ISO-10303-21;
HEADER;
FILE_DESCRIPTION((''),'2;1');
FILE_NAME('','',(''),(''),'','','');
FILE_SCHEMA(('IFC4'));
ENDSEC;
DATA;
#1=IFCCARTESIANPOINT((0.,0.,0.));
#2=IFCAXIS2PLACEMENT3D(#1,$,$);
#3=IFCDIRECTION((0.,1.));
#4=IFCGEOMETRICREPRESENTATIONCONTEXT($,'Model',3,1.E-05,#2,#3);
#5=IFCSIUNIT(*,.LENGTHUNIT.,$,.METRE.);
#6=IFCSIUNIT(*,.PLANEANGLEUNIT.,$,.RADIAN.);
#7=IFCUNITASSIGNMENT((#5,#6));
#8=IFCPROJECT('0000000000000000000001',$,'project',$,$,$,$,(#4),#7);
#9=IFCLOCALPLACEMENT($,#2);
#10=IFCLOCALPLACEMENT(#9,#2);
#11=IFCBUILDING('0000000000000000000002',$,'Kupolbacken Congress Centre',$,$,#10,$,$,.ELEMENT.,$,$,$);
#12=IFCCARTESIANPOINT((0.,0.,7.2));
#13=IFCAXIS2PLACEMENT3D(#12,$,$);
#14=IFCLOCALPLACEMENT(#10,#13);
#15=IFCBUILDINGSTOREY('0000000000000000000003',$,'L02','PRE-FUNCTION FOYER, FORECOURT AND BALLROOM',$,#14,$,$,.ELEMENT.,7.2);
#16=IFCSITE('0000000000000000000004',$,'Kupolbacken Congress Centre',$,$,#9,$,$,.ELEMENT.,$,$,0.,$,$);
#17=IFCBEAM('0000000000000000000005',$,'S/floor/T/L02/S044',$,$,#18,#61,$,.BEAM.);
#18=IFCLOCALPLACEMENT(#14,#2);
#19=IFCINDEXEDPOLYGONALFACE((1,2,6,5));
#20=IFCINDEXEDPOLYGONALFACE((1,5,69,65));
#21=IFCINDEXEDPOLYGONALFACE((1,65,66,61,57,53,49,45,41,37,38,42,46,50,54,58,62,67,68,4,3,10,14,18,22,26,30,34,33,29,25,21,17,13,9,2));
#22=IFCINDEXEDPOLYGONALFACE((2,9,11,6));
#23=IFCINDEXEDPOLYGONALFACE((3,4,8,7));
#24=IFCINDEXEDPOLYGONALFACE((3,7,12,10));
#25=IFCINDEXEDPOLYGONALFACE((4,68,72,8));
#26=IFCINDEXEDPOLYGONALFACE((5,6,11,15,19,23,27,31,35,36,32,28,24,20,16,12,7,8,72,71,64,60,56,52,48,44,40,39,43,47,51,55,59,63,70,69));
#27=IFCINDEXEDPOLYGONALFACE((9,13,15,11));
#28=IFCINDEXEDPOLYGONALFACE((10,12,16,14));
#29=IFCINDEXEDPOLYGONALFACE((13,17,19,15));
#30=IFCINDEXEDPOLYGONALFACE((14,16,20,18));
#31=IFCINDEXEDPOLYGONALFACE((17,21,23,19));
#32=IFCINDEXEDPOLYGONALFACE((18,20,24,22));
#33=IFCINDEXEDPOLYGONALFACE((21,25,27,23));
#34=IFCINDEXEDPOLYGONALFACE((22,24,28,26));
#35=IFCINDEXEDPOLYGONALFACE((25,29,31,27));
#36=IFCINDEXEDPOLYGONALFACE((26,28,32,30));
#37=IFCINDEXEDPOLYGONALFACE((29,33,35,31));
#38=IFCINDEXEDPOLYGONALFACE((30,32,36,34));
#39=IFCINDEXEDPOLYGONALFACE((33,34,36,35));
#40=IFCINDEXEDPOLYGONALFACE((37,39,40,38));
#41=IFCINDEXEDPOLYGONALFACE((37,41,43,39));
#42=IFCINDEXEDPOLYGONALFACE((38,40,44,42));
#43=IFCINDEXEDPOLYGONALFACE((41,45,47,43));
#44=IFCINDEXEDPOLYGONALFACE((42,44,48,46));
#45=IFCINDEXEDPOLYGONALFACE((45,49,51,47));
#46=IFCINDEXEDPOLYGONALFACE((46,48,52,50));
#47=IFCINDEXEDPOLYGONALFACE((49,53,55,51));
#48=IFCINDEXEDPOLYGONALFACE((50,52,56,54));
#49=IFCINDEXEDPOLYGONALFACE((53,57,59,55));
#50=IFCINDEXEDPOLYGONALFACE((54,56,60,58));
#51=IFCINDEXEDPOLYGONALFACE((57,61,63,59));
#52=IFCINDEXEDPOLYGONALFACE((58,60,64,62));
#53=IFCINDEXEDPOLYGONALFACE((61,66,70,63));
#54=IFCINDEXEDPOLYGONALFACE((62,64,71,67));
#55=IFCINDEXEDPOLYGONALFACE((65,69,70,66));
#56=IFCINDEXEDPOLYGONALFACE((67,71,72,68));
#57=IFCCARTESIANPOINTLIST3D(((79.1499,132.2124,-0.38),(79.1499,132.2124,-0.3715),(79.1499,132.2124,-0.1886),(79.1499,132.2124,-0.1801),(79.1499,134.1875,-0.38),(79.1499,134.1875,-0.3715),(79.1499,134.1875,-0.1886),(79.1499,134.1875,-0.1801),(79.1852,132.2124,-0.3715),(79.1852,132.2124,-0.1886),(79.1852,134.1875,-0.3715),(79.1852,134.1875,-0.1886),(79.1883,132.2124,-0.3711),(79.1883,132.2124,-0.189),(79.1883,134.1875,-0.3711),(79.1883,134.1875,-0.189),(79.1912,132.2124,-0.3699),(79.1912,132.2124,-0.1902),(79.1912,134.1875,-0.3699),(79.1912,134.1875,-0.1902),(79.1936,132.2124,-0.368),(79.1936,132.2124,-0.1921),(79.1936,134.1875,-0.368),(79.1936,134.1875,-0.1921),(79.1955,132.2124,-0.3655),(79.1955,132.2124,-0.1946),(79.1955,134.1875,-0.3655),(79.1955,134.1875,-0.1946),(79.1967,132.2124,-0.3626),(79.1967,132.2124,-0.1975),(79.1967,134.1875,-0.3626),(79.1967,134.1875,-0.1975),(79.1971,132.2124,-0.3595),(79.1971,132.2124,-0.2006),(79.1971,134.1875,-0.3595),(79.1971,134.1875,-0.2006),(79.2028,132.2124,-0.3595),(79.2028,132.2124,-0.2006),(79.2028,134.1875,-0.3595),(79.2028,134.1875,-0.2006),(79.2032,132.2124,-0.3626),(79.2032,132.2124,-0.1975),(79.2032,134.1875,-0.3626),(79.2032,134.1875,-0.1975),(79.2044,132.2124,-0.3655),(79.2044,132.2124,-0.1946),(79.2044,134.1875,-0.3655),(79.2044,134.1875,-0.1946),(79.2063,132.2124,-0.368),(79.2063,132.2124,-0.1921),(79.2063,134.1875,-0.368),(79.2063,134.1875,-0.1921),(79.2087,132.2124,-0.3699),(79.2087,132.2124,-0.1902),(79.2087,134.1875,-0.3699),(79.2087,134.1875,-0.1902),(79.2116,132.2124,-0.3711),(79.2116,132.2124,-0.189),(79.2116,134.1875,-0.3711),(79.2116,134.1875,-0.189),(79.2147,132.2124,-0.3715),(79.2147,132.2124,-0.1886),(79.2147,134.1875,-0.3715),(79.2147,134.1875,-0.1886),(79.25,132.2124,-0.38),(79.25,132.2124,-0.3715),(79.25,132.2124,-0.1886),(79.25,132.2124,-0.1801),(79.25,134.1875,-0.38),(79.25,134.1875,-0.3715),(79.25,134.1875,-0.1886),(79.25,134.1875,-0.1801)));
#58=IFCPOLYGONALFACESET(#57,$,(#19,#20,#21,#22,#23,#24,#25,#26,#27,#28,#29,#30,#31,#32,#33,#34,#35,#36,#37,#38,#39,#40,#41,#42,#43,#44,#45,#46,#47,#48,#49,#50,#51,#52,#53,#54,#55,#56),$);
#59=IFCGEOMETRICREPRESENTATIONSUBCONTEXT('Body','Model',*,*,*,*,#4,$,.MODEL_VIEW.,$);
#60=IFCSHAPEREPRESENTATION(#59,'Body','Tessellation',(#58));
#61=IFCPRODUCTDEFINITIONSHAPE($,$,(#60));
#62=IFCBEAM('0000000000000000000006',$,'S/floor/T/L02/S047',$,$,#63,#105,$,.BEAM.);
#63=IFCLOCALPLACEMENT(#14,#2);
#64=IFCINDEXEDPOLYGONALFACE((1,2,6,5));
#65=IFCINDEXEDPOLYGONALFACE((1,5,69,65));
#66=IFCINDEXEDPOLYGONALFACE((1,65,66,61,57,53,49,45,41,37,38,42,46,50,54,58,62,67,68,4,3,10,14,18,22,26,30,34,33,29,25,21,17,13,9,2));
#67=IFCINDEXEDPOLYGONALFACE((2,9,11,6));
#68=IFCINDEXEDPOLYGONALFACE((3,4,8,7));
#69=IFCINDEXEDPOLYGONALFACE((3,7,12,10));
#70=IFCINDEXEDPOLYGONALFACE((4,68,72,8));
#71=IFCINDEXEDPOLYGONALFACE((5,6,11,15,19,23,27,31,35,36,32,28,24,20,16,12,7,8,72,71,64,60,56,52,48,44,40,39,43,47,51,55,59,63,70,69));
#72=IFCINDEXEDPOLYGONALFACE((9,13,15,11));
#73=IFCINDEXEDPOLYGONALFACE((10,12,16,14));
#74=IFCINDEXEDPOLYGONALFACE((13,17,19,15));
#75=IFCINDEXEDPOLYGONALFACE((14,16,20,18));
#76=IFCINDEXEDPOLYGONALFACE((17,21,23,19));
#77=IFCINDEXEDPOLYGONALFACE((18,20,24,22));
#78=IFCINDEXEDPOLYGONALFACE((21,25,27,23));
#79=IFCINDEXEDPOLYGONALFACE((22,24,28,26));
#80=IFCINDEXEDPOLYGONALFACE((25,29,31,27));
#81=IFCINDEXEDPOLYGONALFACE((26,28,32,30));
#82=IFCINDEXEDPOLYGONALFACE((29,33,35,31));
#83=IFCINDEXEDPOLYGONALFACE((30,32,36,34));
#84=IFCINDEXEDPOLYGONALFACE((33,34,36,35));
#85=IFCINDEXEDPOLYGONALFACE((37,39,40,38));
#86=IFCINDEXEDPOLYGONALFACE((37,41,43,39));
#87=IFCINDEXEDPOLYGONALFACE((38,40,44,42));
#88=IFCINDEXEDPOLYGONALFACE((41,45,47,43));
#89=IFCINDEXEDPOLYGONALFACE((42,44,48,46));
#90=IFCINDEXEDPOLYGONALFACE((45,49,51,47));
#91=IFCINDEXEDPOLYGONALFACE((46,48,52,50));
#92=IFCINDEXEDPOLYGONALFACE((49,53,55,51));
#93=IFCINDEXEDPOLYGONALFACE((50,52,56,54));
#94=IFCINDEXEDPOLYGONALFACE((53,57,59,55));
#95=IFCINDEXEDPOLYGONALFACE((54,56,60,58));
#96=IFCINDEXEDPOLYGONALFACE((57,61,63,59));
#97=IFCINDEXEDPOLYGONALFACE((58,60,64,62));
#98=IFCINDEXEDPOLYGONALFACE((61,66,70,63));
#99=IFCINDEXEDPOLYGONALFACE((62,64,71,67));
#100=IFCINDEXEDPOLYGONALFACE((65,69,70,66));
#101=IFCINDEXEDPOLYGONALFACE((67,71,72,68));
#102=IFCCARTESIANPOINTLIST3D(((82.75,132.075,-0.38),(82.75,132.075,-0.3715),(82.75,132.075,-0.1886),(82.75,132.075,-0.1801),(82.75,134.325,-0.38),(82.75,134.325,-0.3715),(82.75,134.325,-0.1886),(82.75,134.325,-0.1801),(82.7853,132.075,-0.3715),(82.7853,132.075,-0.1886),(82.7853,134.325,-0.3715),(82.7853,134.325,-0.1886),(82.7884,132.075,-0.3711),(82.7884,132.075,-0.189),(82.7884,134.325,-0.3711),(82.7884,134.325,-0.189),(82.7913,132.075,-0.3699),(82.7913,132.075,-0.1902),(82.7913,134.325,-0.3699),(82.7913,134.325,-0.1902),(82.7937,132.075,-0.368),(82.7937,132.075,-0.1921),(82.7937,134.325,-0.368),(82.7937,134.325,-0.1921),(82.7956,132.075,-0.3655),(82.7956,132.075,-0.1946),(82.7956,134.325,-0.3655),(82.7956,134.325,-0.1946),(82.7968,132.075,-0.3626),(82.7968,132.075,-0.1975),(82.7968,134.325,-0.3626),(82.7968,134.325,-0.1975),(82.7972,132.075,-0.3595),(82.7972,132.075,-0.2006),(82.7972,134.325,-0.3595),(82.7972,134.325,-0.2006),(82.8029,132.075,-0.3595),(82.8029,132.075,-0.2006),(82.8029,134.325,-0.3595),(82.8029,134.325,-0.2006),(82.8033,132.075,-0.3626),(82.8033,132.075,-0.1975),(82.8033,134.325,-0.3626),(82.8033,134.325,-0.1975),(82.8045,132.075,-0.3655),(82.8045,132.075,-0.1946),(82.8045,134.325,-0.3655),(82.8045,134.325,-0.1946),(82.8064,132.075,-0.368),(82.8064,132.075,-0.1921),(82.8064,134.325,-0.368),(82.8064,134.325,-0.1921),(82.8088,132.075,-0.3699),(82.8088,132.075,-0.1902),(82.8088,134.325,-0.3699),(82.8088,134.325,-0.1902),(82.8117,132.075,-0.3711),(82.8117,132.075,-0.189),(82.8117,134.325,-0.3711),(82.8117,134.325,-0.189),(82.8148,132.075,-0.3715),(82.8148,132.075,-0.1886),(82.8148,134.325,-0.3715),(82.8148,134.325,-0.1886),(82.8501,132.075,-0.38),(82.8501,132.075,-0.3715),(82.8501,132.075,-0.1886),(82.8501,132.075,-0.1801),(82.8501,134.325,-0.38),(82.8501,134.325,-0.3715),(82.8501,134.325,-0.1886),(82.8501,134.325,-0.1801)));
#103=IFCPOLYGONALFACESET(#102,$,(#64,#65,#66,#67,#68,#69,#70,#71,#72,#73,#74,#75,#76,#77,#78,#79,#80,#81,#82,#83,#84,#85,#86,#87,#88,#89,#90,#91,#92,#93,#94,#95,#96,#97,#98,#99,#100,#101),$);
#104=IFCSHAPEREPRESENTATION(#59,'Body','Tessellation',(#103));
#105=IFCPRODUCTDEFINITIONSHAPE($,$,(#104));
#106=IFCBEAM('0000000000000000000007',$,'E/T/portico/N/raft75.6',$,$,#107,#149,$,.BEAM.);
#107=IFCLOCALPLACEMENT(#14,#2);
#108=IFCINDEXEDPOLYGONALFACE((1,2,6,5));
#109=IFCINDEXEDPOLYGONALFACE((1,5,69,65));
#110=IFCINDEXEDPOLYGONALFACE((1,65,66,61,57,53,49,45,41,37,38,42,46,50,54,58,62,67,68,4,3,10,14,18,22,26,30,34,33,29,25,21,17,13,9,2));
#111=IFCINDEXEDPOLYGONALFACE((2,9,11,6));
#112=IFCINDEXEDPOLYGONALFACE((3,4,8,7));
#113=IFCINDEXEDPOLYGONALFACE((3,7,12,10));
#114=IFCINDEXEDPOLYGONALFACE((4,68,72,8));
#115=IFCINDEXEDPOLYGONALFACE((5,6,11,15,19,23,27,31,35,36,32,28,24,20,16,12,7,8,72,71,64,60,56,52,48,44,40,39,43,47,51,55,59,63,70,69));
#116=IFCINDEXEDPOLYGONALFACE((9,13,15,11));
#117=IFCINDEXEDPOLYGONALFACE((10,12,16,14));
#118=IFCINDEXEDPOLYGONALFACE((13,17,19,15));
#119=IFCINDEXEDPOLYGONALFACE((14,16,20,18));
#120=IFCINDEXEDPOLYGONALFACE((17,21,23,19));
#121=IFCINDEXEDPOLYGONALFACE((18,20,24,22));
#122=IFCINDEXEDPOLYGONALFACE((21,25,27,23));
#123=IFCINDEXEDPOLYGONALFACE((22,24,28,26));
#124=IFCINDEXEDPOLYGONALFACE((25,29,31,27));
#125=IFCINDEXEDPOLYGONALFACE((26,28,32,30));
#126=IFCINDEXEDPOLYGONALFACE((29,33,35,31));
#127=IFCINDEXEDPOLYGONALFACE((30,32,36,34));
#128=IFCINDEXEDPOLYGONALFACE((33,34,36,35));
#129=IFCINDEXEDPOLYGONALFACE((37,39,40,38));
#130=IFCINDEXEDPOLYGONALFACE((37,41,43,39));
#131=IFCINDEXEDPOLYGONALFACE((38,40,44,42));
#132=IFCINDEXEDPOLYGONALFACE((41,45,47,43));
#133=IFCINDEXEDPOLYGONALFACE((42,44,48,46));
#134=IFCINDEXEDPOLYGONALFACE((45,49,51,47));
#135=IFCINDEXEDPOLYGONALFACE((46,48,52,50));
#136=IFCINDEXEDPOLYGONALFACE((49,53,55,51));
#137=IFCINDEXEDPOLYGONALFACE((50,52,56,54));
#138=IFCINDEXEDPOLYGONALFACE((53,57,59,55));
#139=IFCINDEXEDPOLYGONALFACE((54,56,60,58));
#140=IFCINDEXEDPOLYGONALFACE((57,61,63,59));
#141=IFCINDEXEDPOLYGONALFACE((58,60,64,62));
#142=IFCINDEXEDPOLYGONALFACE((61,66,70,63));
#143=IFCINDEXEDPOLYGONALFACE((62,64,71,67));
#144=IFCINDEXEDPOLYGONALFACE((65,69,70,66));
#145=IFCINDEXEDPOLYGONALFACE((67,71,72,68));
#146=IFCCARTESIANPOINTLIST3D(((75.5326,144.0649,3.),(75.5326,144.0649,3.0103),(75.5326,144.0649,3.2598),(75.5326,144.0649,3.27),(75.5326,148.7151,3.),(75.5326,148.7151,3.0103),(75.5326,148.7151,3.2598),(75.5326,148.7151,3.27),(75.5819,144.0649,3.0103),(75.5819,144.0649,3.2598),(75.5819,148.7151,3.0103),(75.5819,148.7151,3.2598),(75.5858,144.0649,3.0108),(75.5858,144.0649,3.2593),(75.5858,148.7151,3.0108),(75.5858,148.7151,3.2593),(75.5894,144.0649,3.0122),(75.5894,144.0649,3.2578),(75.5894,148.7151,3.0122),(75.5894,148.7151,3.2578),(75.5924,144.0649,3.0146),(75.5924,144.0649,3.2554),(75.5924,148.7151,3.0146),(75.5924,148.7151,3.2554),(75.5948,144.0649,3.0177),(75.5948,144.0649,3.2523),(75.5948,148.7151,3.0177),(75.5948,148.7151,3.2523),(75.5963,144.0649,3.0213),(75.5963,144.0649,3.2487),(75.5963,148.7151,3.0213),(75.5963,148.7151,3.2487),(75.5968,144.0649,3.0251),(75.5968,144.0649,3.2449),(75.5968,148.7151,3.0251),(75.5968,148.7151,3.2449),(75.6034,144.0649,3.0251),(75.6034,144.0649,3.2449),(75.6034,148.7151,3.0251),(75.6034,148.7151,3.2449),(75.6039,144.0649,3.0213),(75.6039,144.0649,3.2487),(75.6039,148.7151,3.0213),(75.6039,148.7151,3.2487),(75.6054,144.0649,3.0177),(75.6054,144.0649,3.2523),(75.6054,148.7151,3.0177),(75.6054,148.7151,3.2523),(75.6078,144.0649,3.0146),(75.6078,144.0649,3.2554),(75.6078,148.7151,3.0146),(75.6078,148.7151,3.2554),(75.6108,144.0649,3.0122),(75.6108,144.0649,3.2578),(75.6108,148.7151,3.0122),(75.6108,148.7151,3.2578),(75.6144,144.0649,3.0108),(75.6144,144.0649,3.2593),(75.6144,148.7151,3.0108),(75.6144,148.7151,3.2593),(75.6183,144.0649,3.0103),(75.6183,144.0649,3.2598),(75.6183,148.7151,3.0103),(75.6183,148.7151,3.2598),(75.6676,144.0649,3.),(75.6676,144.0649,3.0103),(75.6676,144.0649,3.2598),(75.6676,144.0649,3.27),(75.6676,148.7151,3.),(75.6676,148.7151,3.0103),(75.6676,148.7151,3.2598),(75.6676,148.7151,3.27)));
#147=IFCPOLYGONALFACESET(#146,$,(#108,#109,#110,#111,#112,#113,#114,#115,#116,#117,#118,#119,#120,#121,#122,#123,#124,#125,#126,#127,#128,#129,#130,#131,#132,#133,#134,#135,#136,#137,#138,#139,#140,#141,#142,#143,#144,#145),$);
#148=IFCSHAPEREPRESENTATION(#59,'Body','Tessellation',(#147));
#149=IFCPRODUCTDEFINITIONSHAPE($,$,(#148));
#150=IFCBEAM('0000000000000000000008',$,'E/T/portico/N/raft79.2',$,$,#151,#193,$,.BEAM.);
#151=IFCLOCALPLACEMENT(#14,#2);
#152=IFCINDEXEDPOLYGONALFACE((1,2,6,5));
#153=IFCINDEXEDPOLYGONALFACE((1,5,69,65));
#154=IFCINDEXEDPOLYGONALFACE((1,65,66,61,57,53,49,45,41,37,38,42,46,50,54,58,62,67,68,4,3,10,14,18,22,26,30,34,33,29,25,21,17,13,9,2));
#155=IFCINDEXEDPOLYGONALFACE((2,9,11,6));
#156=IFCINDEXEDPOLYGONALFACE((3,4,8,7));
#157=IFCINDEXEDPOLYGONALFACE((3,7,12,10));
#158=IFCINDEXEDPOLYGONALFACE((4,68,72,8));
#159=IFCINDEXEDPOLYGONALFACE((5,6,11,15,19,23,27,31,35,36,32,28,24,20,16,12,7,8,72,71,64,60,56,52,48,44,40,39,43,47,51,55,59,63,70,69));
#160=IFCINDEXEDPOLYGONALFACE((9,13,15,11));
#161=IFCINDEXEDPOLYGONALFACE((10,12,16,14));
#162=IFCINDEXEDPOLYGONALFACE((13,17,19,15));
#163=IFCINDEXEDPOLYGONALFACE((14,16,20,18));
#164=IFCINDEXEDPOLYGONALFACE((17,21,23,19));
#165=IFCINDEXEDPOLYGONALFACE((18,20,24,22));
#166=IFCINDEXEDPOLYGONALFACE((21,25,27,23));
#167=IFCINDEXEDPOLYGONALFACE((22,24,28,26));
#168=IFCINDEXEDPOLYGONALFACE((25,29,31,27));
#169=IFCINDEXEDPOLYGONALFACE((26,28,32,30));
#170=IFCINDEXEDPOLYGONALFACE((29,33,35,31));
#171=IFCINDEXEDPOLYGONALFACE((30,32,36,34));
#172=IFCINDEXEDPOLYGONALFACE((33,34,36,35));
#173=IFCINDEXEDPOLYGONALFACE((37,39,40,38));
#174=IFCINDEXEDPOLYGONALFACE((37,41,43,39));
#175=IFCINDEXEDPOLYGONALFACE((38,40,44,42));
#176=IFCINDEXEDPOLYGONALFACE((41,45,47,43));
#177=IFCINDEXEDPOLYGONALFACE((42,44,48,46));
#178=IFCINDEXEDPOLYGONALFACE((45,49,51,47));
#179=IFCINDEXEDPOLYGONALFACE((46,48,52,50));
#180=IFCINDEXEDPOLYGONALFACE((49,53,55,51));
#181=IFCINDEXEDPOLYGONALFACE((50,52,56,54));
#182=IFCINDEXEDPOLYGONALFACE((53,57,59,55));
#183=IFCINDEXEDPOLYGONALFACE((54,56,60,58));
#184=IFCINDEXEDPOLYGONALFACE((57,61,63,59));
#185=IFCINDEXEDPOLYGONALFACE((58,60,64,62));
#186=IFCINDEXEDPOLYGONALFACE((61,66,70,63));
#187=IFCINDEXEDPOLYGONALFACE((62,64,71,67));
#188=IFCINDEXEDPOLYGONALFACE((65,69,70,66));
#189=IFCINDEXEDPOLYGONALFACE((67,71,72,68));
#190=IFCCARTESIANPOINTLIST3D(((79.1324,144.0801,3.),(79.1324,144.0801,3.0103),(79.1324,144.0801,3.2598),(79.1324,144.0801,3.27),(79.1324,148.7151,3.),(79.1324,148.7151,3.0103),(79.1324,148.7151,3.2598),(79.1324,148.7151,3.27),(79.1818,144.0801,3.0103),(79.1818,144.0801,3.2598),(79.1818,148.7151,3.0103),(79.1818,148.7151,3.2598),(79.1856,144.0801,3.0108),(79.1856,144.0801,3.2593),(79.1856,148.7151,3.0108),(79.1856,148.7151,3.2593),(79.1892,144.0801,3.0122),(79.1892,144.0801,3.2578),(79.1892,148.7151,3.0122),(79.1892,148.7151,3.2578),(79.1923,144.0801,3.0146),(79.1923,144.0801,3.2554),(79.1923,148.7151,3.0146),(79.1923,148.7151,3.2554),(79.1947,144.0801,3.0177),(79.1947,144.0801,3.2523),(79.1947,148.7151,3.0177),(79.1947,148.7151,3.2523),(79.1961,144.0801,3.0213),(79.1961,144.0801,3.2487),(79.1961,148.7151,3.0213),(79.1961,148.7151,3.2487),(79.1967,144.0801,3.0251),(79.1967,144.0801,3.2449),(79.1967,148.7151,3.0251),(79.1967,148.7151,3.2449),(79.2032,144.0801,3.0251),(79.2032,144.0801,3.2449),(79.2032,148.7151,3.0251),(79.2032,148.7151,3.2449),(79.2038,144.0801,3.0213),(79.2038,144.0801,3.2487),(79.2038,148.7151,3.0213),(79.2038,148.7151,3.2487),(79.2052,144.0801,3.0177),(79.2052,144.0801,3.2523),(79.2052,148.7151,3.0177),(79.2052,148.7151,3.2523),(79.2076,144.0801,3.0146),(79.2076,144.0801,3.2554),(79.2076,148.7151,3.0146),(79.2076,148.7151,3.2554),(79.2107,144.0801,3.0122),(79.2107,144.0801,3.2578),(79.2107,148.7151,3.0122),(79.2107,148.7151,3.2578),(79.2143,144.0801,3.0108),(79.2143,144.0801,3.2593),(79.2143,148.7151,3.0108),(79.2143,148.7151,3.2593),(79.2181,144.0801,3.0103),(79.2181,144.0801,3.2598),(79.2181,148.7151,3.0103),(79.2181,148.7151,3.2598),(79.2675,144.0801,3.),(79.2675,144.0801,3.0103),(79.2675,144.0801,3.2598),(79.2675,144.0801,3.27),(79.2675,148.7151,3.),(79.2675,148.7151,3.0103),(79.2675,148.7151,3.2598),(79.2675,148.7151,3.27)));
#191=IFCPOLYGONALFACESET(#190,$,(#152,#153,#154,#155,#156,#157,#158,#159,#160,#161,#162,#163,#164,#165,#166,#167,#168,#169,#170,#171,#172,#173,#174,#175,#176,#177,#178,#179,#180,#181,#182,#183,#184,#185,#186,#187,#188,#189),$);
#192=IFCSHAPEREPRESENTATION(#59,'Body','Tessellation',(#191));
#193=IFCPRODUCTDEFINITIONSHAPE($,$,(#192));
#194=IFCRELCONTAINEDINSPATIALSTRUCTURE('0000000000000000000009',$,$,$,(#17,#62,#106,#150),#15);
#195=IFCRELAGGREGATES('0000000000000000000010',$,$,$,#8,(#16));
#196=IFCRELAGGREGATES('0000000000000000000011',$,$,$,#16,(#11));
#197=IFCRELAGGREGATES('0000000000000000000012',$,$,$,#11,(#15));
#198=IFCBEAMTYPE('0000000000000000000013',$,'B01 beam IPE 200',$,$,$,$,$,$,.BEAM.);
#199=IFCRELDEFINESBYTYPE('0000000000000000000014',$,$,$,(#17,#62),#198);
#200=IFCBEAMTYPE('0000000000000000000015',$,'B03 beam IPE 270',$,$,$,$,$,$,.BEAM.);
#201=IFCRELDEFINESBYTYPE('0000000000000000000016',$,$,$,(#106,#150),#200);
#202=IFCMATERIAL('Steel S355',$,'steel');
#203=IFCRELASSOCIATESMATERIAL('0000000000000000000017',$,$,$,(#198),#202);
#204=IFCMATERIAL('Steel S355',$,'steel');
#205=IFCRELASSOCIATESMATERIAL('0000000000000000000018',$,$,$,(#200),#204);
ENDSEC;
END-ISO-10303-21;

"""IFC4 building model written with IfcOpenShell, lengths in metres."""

from ifc_helpers import new_model, si_unit, direction, frame, origin, origin_2d, place, context, subcontext, project, spatial, i_section, extrude, material, material_profile, profile_set, type_object, element, save


model = new_model("IFC4")

# Units and contexts
model_context = context("Model", 3, precision=1e-05, world=origin(), true_north=direction((0.0, 1.0)))
body_context = subcontext(model_context, "Body", "Model", "MODEL_VIEW")
ifc_project = project(units=[si_unit("LENGTHUNIT", "METRE"), si_unit("PLANEANGLEUNIT", "RADIAN")], contexts=[model_context])

# Site, building, storey
site_placement = place(None, origin())
site = spatial("IfcSite", under=ifc_project, at=site_placement, Name="Kupolbacken Congress Centre", CompositionType="ELEMENT", RefElevation=0.0)
building_placement = place(site_placement, origin())
building = spatial("IfcBuilding", under=site, at=building_placement, Name="Kupolbacken Congress Centre", CompositionType="ELEMENT")
storey_placement = place(building_placement, frame((0.0, 0.0, 7.2)))
storey = spatial("IfcBuildingStorey", under=building, at=storey_placement, Name="L02", Description="PRE-FUNCTION FOYER, FORECOURT AND BALLROOM", CompositionType="ELEMENT", Elevation=7.2)

# Beams
ifc_material_1 = material(Name="Steel S355", Category="steel")
ifc_material_profile_1 = material_profile(ifc_material_1, i_section(OverallWidth=0.1001, OverallDepth=0.2, WebThickness=0.0056, FlangeThickness=0.0085, FilletRadius=0.012, at=origin_2d()), Name="IPE 200")
ifc_profile_set_1 = profile_set([ifc_material_profile_1], Name="Steel S355")
beam_type_1 = type_object("IfcBeamType", Name="B01 beam IPE 200", PredefinedType="BEAM", material=ifc_profile_set_1)
beam_1_placement = place(storey_placement, frame((79.2, 132.2124, -0.28), z_axis=(0.0, 1.0, 0.0), x_axis=(-1.0, 0.0, 0.0)))
element("IfcBeam", 1, at=beam_1_placement, inside=storey, type_object=beam_type_1, Name="S/floor/T/L02/S044", PredefinedType="BEAM", context=body_context, shape_type="SweptSolid", body=[
    extrude(i_section(OverallWidth=0.1001, OverallDepth=0.2, WebThickness=0.0056, FlangeThickness=0.0085, FilletRadius=0.012, at=origin_2d()), origin(), (0.0, 0.0, 1.0), 1.9751),
])
beam_2_placement = place(storey_placement, frame((82.8, 132.075, -0.28), z_axis=(0.0, 1.0, 0.0), x_axis=(-1.0, 0.0, 0.0)))
element("IfcBeam", 2, at=beam_2_placement, inside=storey, type_object=beam_type_1, Name="S/floor/T/L02/S047", PredefinedType="BEAM", context=body_context, shape_type="SweptSolid", body=[
    extrude(i_section(OverallWidth=0.1001, OverallDepth=0.2, WebThickness=0.0056, FlangeThickness=0.0085, FilletRadius=0.012, at=origin_2d()), origin(), (0.0, 0.0, 1.0), 2.25),
])
ifc_material_2 = material(Name="Steel S355", Category="steel")
ifc_material_profile_2 = material_profile(ifc_material_2, i_section(OverallWidth=0.135, OverallDepth=0.27, WebThickness=0.0066, FlangeThickness=0.0103, FilletRadius=0.0149, at=origin_2d()), Name="IPE 270")
ifc_profile_set_2 = profile_set([ifc_material_profile_2], Name="Steel S355")
beam_type_2 = type_object("IfcBeamType", Name="B03 beam IPE 270", PredefinedType="BEAM", material=ifc_profile_set_2)
beam_3_placement = place(storey_placement, frame((75.6001, 144.0649, 3.135), z_axis=(0.0, 1.0, 0.0), x_axis=(-1.0, 0.0, 0.0)))
element("IfcBeam", 3, at=beam_3_placement, inside=storey, type_object=beam_type_2, Name="E/T/portico/N/raft75.6", PredefinedType="BEAM", context=body_context, shape_type="SweptSolid", body=[
    extrude(i_section(OverallWidth=0.135, OverallDepth=0.27, WebThickness=0.0066, FlangeThickness=0.0103, FilletRadius=0.0149, at=origin_2d()), origin(), (0.0, 0.0, 1.0), 4.6501),
])
beam_4_placement = place(storey_placement, frame((79.2, 144.0801, 3.135), z_axis=(0.0, 1.0, 0.0), x_axis=(-1.0, 0.0, 0.0)))
element("IfcBeam", 4, at=beam_4_placement, inside=storey, type_object=beam_type_2, Name="E/T/portico/N/raft79.2", PredefinedType="BEAM", context=body_context, shape_type="SweptSolid", body=[
    extrude(i_section(OverallWidth=0.135, OverallDepth=0.27, WebThickness=0.0066, FlangeThickness=0.0103, FilletRadius=0.0149, at=origin_2d()), origin(), (0.0, 0.0, 1.0), 4.635),
])

save(model, "model.ifc")
